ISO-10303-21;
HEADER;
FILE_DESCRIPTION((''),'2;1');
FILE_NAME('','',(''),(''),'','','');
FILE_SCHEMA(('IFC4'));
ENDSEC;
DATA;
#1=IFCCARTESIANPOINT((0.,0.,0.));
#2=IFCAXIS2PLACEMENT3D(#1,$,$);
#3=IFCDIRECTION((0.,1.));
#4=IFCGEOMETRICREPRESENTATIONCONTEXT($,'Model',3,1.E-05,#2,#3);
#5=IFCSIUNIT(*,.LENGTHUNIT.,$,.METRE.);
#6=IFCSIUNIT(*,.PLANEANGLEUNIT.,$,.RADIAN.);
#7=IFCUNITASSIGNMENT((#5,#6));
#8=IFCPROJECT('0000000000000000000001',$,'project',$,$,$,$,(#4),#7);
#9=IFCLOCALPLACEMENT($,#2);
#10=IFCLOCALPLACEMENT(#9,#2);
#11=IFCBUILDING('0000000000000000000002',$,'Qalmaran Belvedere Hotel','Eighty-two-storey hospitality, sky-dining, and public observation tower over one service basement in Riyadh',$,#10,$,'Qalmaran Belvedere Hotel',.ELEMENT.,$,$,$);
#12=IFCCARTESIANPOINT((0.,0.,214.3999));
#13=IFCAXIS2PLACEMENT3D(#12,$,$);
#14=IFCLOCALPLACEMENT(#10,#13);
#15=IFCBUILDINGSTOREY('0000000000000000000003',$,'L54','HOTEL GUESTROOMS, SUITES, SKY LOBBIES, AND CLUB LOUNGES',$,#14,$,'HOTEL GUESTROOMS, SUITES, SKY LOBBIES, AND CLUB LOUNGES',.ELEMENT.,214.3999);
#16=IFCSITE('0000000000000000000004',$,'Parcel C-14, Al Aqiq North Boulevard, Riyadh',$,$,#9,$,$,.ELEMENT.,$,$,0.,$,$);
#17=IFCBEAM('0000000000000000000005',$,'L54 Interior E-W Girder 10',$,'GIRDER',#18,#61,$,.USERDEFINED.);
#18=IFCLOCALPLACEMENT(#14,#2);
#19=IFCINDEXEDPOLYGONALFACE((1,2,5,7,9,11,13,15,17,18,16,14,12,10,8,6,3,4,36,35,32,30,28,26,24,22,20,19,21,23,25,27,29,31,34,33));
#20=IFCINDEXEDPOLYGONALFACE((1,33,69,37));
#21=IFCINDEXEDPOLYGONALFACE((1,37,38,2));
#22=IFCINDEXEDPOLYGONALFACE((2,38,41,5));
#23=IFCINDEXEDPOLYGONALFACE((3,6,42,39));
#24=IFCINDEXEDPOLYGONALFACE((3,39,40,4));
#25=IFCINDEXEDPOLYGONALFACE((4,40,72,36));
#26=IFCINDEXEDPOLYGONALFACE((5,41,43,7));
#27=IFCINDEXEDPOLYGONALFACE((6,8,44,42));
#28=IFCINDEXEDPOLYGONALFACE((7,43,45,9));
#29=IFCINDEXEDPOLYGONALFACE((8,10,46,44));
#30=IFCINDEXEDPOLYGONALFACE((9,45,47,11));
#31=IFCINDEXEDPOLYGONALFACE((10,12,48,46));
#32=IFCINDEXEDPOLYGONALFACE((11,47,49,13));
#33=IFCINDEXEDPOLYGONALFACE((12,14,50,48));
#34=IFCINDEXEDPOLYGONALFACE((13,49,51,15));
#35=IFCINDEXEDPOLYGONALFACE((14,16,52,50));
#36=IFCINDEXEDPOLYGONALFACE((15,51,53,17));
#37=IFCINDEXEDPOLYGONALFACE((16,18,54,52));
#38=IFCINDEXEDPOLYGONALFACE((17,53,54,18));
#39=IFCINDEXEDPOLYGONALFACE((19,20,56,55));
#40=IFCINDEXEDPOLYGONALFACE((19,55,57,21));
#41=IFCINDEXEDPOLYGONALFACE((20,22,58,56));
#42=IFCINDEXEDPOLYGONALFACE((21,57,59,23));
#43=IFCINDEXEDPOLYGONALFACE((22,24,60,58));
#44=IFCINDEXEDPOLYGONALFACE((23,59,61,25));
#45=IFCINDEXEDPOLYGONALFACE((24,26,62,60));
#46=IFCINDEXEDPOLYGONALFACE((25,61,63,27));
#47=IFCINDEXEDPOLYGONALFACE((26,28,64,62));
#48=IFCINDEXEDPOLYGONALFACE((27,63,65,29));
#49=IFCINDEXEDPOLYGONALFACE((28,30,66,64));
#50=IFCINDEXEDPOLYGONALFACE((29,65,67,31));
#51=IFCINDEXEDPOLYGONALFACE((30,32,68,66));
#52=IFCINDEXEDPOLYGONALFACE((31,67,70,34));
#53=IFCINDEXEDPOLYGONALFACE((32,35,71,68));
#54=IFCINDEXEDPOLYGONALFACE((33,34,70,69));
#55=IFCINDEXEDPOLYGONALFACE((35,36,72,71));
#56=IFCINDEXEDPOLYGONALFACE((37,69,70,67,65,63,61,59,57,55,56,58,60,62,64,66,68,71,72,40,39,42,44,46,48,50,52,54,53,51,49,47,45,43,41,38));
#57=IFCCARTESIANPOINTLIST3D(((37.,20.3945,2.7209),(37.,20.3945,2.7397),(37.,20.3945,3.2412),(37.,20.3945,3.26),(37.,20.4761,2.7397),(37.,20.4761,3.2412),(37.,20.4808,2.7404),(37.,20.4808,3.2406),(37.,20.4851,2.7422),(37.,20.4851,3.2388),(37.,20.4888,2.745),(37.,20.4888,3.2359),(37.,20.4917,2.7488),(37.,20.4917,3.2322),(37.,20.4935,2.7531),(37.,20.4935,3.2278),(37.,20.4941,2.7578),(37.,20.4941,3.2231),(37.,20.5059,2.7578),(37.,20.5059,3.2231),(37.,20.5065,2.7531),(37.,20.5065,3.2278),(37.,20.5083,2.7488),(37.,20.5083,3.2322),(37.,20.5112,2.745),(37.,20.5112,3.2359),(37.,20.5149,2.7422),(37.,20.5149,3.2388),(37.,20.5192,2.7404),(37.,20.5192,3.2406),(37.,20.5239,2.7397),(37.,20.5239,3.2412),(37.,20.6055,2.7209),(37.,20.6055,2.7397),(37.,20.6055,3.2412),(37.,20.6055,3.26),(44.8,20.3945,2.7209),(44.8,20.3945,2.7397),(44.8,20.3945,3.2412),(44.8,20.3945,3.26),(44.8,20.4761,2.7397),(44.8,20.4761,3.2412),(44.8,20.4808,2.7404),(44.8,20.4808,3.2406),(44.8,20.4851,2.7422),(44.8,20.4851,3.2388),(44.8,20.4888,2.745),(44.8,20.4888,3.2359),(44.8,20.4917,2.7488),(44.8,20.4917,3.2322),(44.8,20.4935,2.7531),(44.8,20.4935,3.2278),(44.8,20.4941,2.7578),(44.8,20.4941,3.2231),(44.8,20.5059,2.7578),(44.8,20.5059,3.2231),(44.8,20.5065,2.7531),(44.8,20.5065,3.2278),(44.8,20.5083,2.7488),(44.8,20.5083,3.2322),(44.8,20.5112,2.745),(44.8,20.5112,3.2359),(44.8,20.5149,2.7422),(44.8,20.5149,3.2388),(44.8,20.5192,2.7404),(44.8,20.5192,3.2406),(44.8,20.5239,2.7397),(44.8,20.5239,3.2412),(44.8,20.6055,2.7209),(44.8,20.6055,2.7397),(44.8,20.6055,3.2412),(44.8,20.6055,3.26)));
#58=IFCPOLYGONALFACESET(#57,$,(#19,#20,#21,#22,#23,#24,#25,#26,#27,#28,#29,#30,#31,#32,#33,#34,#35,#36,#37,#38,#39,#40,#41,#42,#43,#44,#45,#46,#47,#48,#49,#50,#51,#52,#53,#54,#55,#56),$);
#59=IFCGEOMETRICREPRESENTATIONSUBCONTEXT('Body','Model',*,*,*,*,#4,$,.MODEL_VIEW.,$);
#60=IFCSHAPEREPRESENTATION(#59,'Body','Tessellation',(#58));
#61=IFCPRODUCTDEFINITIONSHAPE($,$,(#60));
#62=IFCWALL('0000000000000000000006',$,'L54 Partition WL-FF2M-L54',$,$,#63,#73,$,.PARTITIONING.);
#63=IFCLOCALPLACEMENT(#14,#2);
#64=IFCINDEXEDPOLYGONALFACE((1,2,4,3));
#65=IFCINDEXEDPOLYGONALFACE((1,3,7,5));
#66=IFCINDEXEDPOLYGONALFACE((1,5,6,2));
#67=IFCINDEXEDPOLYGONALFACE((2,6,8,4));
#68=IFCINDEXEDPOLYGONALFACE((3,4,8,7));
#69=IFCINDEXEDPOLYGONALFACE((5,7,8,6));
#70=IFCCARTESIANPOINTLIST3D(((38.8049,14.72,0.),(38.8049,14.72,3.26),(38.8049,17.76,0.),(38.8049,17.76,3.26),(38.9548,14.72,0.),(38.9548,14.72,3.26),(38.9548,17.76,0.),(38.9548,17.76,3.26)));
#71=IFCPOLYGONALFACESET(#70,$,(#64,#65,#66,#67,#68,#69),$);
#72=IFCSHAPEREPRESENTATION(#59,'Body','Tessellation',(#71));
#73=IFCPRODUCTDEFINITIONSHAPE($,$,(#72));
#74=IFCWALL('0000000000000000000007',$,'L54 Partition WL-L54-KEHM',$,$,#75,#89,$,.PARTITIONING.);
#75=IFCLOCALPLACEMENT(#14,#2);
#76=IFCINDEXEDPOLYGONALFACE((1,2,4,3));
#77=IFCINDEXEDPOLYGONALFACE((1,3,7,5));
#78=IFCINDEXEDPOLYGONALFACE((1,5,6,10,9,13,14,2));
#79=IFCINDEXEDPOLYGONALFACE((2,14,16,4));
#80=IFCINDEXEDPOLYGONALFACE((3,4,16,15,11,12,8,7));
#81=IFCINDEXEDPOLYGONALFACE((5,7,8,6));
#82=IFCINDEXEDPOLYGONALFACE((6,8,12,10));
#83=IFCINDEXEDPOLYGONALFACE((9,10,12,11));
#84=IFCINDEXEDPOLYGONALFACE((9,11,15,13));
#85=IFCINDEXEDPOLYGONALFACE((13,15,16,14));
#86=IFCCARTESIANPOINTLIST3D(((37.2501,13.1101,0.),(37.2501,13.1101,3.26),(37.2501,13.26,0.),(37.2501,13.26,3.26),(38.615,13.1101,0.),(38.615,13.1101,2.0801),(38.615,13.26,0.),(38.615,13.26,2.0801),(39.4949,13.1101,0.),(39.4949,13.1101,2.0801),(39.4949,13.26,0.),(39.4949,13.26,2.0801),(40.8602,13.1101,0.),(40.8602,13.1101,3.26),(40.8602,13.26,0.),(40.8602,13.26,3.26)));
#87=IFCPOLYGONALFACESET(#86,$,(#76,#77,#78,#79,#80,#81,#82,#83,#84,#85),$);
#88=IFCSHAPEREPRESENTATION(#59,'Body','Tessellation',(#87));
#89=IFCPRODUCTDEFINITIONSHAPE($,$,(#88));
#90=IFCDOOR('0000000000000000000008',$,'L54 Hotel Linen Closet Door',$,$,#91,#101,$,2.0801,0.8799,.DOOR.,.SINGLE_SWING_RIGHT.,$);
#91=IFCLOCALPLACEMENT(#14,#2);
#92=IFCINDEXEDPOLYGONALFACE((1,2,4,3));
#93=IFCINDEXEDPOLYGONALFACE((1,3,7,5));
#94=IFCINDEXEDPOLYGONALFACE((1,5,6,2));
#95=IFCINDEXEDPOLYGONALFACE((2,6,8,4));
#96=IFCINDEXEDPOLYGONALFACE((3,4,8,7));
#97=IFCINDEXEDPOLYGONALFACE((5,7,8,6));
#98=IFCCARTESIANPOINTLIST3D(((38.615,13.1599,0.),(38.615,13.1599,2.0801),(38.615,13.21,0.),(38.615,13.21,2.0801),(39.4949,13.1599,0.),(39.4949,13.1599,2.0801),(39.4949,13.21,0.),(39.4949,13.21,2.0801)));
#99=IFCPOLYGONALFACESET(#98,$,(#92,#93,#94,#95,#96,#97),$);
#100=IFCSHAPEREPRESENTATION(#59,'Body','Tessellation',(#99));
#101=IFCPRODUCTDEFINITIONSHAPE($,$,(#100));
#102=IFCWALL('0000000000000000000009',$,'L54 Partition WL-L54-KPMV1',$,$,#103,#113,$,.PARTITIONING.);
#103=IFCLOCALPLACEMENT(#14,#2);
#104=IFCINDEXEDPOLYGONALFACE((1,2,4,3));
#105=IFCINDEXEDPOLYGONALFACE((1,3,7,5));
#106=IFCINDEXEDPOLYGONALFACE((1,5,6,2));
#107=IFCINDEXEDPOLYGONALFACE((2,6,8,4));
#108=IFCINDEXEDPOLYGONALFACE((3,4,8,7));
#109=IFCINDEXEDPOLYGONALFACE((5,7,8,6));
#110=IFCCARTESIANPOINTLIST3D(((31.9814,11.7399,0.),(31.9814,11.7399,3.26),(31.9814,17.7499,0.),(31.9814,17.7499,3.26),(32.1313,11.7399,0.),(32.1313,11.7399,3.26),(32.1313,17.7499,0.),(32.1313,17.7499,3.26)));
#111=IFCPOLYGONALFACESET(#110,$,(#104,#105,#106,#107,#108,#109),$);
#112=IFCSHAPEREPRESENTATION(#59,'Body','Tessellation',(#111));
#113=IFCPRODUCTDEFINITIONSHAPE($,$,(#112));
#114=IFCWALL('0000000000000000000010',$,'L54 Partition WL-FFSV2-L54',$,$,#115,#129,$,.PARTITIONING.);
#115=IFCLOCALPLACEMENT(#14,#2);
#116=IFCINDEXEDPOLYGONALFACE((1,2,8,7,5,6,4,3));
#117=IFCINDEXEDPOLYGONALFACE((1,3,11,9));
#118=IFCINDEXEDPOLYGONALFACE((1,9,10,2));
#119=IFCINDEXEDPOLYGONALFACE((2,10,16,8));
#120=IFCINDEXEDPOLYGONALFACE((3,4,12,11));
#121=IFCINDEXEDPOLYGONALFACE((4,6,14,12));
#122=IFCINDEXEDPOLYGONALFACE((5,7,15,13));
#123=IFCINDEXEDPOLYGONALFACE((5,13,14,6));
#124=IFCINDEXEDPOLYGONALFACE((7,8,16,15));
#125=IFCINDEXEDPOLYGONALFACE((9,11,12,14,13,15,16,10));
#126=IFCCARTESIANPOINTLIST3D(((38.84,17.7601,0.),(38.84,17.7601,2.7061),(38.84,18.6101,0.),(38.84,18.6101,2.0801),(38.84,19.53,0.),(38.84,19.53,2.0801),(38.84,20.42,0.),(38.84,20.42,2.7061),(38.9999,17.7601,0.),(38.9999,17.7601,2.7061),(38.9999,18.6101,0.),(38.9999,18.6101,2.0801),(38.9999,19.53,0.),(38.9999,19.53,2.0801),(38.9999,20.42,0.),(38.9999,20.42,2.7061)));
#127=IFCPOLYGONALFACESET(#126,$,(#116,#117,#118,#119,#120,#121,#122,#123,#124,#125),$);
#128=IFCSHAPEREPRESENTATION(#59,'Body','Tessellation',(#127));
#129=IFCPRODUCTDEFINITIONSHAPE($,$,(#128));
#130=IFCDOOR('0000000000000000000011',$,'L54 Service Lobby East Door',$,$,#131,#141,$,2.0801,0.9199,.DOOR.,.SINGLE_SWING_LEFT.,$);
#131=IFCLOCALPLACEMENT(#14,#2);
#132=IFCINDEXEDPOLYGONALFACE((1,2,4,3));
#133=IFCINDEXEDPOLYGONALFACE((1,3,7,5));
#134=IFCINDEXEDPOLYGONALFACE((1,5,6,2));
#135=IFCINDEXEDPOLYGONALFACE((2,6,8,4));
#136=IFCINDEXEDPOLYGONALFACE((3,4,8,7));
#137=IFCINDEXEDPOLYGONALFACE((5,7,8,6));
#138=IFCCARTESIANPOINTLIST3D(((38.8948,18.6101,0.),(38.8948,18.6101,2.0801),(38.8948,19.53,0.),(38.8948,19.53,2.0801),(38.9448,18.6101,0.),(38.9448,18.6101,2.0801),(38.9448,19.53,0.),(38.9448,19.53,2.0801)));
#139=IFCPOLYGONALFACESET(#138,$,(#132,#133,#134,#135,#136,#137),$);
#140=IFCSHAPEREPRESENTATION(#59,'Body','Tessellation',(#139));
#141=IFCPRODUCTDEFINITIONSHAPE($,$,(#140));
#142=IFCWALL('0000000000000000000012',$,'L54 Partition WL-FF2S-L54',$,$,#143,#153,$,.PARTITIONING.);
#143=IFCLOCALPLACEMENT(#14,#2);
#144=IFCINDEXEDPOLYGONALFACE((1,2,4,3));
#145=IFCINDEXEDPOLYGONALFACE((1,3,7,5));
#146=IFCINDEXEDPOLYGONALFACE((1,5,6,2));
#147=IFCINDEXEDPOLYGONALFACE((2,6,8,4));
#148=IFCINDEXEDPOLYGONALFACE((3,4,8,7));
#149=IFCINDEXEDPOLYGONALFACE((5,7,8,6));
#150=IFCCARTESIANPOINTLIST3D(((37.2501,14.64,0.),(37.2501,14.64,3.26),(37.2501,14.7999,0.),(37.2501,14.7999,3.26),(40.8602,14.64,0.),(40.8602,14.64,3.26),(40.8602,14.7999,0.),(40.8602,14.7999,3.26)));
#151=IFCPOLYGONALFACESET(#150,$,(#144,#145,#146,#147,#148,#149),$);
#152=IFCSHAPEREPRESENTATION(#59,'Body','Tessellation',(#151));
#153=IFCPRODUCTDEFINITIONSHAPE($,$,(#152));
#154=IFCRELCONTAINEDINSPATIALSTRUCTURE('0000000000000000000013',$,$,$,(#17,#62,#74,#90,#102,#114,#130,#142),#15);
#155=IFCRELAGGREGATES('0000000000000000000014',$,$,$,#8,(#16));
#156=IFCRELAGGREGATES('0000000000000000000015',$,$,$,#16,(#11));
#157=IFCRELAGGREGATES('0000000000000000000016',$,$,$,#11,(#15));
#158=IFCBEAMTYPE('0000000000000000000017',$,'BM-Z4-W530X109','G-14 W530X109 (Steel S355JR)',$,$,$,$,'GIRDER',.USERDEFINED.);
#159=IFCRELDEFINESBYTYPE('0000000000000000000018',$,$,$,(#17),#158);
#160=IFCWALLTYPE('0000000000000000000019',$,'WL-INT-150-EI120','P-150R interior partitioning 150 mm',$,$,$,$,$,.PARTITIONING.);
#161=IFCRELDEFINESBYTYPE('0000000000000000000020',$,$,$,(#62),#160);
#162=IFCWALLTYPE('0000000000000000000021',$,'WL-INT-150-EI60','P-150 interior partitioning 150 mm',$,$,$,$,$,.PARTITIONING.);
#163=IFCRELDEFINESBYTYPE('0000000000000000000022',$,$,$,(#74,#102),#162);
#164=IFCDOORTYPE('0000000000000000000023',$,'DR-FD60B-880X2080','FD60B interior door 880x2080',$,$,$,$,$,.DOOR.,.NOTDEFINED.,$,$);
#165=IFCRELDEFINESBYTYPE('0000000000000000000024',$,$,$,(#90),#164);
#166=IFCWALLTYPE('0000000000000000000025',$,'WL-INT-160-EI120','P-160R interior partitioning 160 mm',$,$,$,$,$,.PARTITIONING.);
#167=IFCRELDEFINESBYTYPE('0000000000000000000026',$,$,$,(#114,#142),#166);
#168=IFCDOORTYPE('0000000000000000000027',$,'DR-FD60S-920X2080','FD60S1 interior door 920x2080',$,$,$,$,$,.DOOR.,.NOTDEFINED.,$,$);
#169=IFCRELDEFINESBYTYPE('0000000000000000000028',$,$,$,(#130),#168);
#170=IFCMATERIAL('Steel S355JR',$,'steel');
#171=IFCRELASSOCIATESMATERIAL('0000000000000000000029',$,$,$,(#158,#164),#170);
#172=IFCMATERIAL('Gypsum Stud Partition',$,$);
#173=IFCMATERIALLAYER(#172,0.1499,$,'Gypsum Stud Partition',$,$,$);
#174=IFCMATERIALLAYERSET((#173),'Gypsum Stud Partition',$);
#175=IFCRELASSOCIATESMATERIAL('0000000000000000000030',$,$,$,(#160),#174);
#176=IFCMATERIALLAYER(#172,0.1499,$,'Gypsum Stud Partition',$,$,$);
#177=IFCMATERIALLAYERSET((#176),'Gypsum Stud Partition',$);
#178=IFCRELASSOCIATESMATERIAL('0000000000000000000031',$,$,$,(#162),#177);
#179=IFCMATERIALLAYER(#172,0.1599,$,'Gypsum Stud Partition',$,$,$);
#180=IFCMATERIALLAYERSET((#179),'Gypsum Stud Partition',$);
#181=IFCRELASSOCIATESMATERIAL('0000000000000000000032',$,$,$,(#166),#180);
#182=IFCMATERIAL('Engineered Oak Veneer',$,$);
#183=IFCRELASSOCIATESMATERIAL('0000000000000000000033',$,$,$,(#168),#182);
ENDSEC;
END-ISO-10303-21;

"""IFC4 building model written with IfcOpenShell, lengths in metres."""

from ifc_helpers import new_model, si_unit, direction, frame, frame_2d, origin, origin_2d, place, context, subcontext, project, spatial, rectangle, i_section, extrude, material, layer, layer_set, material_profile, profile_set, type_object, element, fill, save


model = new_model("IFC4")

# Units and contexts
model_context = context("Model", 3, precision=1e-05, world=origin(), true_north=direction((0.0, 1.0)))
body_context = subcontext(model_context, "Body", "Model", "MODEL_VIEW")
ifc_project = project(units=[si_unit("LENGTHUNIT", "METRE"), si_unit("PLANEANGLEUNIT", "RADIAN")], contexts=[model_context])

# Site, building, storey
site_placement = place(None, origin())
site = spatial("IfcSite", under=ifc_project, at=site_placement, Name="Parcel C-14, Al Aqiq North Boulevard, Riyadh", CompositionType="ELEMENT", RefElevation=0.0)
building_placement = place(site_placement, origin())
building = spatial("IfcBuilding", under=site, at=building_placement, Name="Qalmaran Belvedere Hotel", Description="Eighty-two-storey hospitality, sky-dining, and public observation tower over one service basement in Riyadh", LongName="Qalmaran Belvedere Hotel", CompositionType="ELEMENT")
storey_placement = place(building_placement, frame((0.0, 0.0, 214.3999)))
storey = spatial("IfcBuildingStorey", under=building, at=storey_placement, Name="L54", Description="HOTEL GUESTROOMS, SUITES, SKY LOBBIES, AND CLUB LOUNGES", LongName="HOTEL GUESTROOMS, SUITES, SKY LOBBIES, AND CLUB LOUNGES", CompositionType="ELEMENT", Elevation=214.3999)

# Beam
ifc_material_1 = material(Name="Steel S355JR", Category="steel")
ifc_material_profile_1 = material_profile(ifc_material_1, i_section(OverallWidth=0.2109, OverallDepth=0.5391, WebThickness=0.0117, FlangeThickness=0.0188, FilletRadius=0.0181, at=origin_2d()), Name="W530X109")
ifc_profile_set_1 = profile_set([ifc_material_profile_1], Name="Steel S355JR")
beam_type_1 = type_object("IfcBeamType", Name="BM-Z4-W530X109", Description="G-14 W530X109 (Steel S355JR)", ElementType="GIRDER", PredefinedType="USERDEFINED", material=ifc_profile_set_1)
for number, where, z_axis, x_axis, name in (
    (1, (37.0, 20.5, 2.9905), (1.0, 0.0, 0.0), (0.0, 1.0, 0.0), "L54 Interior E-W Girder 10"),
):
    element("IfcBeam", number, at=place(storey_placement, frame(where, z_axis=z_axis, x_axis=x_axis)), inside=storey, type_object=beam_type_1, Name=name, ObjectType="GIRDER", PredefinedType="USERDEFINED", context=body_context, shape_type="SweptSolid", body=[
        extrude(i_section(OverallWidth=0.2109, OverallDepth=0.5391, WebThickness=0.0117, FlangeThickness=0.0188, FilletRadius=0.0181, at=origin_2d()), origin(), (0.0, 0.0, 1.0), 7.8),
    ])

# Wall
ifc_material_2 = material(Name="Gypsum Stud Partition")
ifc_layer_1 = layer(ifc_material_2, 0.1499, Name="Gypsum Stud Partition")
ifc_layer_set_1 = layer_set([ifc_layer_1], Name="Gypsum Stud Partition")
wall_type_1 = type_object("IfcWallType", Name="WL-INT-150-EI120", Description="P-150R interior partitioning 150 mm", PredefinedType="PARTITIONING", material=ifc_layer_set_1)
wall_1_placement = place(storey_placement, frame((38.8799, 14.72, 0.0), z_axis=(0.0, 0.0, 1.0), x_axis=(0.0, 1.0, 0.0)))
element("IfcWall", 2, at=wall_1_placement, inside=storey, type_object=wall_type_1, Name="L54 Partition WL-FF2M-L54", PredefinedType="PARTITIONING", context=body_context, shape_type="SweptSolid", body=[
    extrude(rectangle(XDim=3.04, YDim=0.1499, at=frame_2d((1.52, 0.0))), origin(), (0.0, 0.0, 1.0), 3.26),
])

# Wall, opening, door
ifc_layer_2 = layer(ifc_material_2, 0.1499, Name="Gypsum Stud Partition")
ifc_layer_set_2 = layer_set([ifc_layer_2], Name="Gypsum Stud Partition")
wall_type_2 = type_object("IfcWallType", Name="WL-INT-150-EI60", Description="P-150 interior partitioning 150 mm", PredefinedType="PARTITIONING", material=ifc_layer_set_2)
wall_2_placement = place(storey_placement, frame((37.25, 13.1851, 0.0), z_axis=(0.0, 0.0, 1.0), x_axis=(1.0, 0.0, 0.0)))
wall_2 = element("IfcWall", 3, at=wall_2_placement, inside=storey, type_object=wall_type_2, Name="L54 Partition WL-L54-KEHM", PredefinedType="PARTITIONING", context=body_context, shape_type="SweptSolid", body=[
    extrude(rectangle(XDim=3.6101, YDim=0.1499, at=frame_2d((1.8052, 0.0))), origin(), (0.0, 0.0, 1.0), 3.26),
])
opening_1_placement = place(wall_2_placement, frame((1.365, 0.0, 0.0)))
opening_1 = element("IfcOpeningElement", 4, at=opening_1_placement, cuts=wall_2, PredefinedType="OPENING", context=body_context, shape_type="SweptSolid", body=[
    extrude(rectangle(XDim=0.8799, YDim=2.0801, at=frame_2d((0.4399, 1.04))), frame((0.0, 0.085, 0.0), z_axis=(0.0, -1.0, 0.0), x_axis=(1.0, 0.0, 0.0)), (0.0, 0.0, 1.0), 0.1699),
])
door_type_1 = type_object("IfcDoorType", Name="DR-FD60B-880X2080", Description="FD60B interior door 880x2080", OperationType="NOTDEFINED", PredefinedType="DOOR", material=ifc_material_1)
door_1_placement = place(opening_1_placement, origin())
door_1 = element("IfcDoor", 5, at=door_1_placement, inside=storey, type_object=door_type_1, Name="L54 Hotel Linen Closet Door", OperationType="SINGLE_SWING_RIGHT", OverallHeight=2.0801, OverallWidth=0.8799, PredefinedType="DOOR", context=body_context, shape_type="SweptSolid", body=[
    extrude(rectangle(XDim=0.8799, YDim=2.0801, at=frame_2d((0.4399, 1.04))), frame((0.0, 0.0249, 0.0), z_axis=(0.0, -1.0, 0.0), x_axis=(1.0, 0.0, 0.0)), (0.0, 0.0, 1.0), 0.05),
])
fill(opening_1, door_1)

# Wall
wall_3_placement = place(storey_placement, frame((32.0564, 11.74, 0.0), z_axis=(0.0, 0.0, 1.0), x_axis=(0.0, 1.0, 0.0)))
element("IfcWall", 6, at=wall_3_placement, inside=storey, type_object=wall_type_2, Name="L54 Partition WL-L54-KPMV1", PredefinedType="PARTITIONING", context=body_context, shape_type="SweptSolid", body=[
    extrude(rectangle(XDim=6.01, YDim=0.1499, at=frame_2d((3.0049, 0.0))), origin(), (0.0, 0.0, 1.0), 3.26),
])

# Wall, opening, door
ifc_layer_3 = layer(ifc_material_2, 0.1599, Name="Gypsum Stud Partition")
ifc_layer_set_3 = layer_set([ifc_layer_3], Name="Gypsum Stud Partition")
wall_type_3 = type_object("IfcWallType", Name="WL-INT-160-EI120", Description="P-160R interior partitioning 160 mm", PredefinedType="PARTITIONING", material=ifc_layer_set_3)
wall_4_placement = place(storey_placement, frame((38.9199, 17.76, 0.0), z_axis=(0.0, 0.0, 1.0), x_axis=(0.0, 1.0, 0.0)))
wall_4 = element("IfcWall", 7, at=wall_4_placement, inside=storey, type_object=wall_type_3, Name="L54 Partition WL-FFSV2-L54", PredefinedType="PARTITIONING", context=body_context, shape_type="SweptSolid", body=[
    extrude(rectangle(XDim=2.6599, YDim=0.1599, at=frame_2d((1.3301, 0.0))), origin(), (0.0, 0.0, 1.0), 2.7061),
])
opening_2_placement = place(wall_4_placement, frame((1.77, 0.0, 0.0), z_axis=(0.0, 0.0, 1.0), x_axis=(-1.0, 0.0, 0.0)))
opening_2 = element("IfcOpeningElement", 8, at=opening_2_placement, cuts=wall_4, PredefinedType="OPENING", context=body_context, shape_type="SweptSolid", body=[
    extrude(rectangle(XDim=0.9199, YDim=2.0801, at=frame_2d((0.46, 1.04))), frame((0.0, 0.0898, 0.0), z_axis=(0.0, -1.0, 0.0), x_axis=(1.0, 0.0, 0.0)), (0.0, 0.0, 1.0), 0.1799),
])
ifc_material_3 = material(Name="Engineered Oak Veneer")
door_type_2 = type_object("IfcDoorType", Name="DR-FD60S-920X2080", Description="FD60S1 interior door 920x2080", OperationType="NOTDEFINED", PredefinedType="DOOR", material=ifc_material_3)
door_2_placement = place(opening_2_placement, origin())
door_2 = element("IfcDoor", 9, at=door_2_placement, inside=storey, type_object=door_type_2, Name="L54 Service Lobby East Door", OperationType="SINGLE_SWING_LEFT", OverallHeight=2.0801, OverallWidth=0.9199, PredefinedType="DOOR", context=body_context, shape_type="SweptSolid", body=[
    extrude(rectangle(XDim=0.9199, YDim=2.0801, at=frame_2d((0.46, 1.04))), frame((0.0, 0.0249, 0.0), z_axis=(0.0, -1.0, 0.0), x_axis=(1.0, 0.0, 0.0)), (0.0, 0.0, 1.0), 0.05),
])
fill(opening_2, door_2)

# Wall
wall_5_placement = place(storey_placement, frame((37.25, 14.72, 0.0), z_axis=(0.0, 0.0, 1.0), x_axis=(1.0, 0.0, 0.0)))
element("IfcWall", 10, at=wall_5_placement, inside=storey, type_object=wall_type_3, Name="L54 Partition WL-FF2S-L54", PredefinedType="PARTITIONING", context=body_context, shape_type="SweptSolid", body=[
    extrude(rectangle(XDim=3.6101, YDim=0.1599, at=frame_2d((1.8052, 0.0))), origin(), (0.0, 0.0, 1.0), 3.26),
])

save(model, "model.ifc")
